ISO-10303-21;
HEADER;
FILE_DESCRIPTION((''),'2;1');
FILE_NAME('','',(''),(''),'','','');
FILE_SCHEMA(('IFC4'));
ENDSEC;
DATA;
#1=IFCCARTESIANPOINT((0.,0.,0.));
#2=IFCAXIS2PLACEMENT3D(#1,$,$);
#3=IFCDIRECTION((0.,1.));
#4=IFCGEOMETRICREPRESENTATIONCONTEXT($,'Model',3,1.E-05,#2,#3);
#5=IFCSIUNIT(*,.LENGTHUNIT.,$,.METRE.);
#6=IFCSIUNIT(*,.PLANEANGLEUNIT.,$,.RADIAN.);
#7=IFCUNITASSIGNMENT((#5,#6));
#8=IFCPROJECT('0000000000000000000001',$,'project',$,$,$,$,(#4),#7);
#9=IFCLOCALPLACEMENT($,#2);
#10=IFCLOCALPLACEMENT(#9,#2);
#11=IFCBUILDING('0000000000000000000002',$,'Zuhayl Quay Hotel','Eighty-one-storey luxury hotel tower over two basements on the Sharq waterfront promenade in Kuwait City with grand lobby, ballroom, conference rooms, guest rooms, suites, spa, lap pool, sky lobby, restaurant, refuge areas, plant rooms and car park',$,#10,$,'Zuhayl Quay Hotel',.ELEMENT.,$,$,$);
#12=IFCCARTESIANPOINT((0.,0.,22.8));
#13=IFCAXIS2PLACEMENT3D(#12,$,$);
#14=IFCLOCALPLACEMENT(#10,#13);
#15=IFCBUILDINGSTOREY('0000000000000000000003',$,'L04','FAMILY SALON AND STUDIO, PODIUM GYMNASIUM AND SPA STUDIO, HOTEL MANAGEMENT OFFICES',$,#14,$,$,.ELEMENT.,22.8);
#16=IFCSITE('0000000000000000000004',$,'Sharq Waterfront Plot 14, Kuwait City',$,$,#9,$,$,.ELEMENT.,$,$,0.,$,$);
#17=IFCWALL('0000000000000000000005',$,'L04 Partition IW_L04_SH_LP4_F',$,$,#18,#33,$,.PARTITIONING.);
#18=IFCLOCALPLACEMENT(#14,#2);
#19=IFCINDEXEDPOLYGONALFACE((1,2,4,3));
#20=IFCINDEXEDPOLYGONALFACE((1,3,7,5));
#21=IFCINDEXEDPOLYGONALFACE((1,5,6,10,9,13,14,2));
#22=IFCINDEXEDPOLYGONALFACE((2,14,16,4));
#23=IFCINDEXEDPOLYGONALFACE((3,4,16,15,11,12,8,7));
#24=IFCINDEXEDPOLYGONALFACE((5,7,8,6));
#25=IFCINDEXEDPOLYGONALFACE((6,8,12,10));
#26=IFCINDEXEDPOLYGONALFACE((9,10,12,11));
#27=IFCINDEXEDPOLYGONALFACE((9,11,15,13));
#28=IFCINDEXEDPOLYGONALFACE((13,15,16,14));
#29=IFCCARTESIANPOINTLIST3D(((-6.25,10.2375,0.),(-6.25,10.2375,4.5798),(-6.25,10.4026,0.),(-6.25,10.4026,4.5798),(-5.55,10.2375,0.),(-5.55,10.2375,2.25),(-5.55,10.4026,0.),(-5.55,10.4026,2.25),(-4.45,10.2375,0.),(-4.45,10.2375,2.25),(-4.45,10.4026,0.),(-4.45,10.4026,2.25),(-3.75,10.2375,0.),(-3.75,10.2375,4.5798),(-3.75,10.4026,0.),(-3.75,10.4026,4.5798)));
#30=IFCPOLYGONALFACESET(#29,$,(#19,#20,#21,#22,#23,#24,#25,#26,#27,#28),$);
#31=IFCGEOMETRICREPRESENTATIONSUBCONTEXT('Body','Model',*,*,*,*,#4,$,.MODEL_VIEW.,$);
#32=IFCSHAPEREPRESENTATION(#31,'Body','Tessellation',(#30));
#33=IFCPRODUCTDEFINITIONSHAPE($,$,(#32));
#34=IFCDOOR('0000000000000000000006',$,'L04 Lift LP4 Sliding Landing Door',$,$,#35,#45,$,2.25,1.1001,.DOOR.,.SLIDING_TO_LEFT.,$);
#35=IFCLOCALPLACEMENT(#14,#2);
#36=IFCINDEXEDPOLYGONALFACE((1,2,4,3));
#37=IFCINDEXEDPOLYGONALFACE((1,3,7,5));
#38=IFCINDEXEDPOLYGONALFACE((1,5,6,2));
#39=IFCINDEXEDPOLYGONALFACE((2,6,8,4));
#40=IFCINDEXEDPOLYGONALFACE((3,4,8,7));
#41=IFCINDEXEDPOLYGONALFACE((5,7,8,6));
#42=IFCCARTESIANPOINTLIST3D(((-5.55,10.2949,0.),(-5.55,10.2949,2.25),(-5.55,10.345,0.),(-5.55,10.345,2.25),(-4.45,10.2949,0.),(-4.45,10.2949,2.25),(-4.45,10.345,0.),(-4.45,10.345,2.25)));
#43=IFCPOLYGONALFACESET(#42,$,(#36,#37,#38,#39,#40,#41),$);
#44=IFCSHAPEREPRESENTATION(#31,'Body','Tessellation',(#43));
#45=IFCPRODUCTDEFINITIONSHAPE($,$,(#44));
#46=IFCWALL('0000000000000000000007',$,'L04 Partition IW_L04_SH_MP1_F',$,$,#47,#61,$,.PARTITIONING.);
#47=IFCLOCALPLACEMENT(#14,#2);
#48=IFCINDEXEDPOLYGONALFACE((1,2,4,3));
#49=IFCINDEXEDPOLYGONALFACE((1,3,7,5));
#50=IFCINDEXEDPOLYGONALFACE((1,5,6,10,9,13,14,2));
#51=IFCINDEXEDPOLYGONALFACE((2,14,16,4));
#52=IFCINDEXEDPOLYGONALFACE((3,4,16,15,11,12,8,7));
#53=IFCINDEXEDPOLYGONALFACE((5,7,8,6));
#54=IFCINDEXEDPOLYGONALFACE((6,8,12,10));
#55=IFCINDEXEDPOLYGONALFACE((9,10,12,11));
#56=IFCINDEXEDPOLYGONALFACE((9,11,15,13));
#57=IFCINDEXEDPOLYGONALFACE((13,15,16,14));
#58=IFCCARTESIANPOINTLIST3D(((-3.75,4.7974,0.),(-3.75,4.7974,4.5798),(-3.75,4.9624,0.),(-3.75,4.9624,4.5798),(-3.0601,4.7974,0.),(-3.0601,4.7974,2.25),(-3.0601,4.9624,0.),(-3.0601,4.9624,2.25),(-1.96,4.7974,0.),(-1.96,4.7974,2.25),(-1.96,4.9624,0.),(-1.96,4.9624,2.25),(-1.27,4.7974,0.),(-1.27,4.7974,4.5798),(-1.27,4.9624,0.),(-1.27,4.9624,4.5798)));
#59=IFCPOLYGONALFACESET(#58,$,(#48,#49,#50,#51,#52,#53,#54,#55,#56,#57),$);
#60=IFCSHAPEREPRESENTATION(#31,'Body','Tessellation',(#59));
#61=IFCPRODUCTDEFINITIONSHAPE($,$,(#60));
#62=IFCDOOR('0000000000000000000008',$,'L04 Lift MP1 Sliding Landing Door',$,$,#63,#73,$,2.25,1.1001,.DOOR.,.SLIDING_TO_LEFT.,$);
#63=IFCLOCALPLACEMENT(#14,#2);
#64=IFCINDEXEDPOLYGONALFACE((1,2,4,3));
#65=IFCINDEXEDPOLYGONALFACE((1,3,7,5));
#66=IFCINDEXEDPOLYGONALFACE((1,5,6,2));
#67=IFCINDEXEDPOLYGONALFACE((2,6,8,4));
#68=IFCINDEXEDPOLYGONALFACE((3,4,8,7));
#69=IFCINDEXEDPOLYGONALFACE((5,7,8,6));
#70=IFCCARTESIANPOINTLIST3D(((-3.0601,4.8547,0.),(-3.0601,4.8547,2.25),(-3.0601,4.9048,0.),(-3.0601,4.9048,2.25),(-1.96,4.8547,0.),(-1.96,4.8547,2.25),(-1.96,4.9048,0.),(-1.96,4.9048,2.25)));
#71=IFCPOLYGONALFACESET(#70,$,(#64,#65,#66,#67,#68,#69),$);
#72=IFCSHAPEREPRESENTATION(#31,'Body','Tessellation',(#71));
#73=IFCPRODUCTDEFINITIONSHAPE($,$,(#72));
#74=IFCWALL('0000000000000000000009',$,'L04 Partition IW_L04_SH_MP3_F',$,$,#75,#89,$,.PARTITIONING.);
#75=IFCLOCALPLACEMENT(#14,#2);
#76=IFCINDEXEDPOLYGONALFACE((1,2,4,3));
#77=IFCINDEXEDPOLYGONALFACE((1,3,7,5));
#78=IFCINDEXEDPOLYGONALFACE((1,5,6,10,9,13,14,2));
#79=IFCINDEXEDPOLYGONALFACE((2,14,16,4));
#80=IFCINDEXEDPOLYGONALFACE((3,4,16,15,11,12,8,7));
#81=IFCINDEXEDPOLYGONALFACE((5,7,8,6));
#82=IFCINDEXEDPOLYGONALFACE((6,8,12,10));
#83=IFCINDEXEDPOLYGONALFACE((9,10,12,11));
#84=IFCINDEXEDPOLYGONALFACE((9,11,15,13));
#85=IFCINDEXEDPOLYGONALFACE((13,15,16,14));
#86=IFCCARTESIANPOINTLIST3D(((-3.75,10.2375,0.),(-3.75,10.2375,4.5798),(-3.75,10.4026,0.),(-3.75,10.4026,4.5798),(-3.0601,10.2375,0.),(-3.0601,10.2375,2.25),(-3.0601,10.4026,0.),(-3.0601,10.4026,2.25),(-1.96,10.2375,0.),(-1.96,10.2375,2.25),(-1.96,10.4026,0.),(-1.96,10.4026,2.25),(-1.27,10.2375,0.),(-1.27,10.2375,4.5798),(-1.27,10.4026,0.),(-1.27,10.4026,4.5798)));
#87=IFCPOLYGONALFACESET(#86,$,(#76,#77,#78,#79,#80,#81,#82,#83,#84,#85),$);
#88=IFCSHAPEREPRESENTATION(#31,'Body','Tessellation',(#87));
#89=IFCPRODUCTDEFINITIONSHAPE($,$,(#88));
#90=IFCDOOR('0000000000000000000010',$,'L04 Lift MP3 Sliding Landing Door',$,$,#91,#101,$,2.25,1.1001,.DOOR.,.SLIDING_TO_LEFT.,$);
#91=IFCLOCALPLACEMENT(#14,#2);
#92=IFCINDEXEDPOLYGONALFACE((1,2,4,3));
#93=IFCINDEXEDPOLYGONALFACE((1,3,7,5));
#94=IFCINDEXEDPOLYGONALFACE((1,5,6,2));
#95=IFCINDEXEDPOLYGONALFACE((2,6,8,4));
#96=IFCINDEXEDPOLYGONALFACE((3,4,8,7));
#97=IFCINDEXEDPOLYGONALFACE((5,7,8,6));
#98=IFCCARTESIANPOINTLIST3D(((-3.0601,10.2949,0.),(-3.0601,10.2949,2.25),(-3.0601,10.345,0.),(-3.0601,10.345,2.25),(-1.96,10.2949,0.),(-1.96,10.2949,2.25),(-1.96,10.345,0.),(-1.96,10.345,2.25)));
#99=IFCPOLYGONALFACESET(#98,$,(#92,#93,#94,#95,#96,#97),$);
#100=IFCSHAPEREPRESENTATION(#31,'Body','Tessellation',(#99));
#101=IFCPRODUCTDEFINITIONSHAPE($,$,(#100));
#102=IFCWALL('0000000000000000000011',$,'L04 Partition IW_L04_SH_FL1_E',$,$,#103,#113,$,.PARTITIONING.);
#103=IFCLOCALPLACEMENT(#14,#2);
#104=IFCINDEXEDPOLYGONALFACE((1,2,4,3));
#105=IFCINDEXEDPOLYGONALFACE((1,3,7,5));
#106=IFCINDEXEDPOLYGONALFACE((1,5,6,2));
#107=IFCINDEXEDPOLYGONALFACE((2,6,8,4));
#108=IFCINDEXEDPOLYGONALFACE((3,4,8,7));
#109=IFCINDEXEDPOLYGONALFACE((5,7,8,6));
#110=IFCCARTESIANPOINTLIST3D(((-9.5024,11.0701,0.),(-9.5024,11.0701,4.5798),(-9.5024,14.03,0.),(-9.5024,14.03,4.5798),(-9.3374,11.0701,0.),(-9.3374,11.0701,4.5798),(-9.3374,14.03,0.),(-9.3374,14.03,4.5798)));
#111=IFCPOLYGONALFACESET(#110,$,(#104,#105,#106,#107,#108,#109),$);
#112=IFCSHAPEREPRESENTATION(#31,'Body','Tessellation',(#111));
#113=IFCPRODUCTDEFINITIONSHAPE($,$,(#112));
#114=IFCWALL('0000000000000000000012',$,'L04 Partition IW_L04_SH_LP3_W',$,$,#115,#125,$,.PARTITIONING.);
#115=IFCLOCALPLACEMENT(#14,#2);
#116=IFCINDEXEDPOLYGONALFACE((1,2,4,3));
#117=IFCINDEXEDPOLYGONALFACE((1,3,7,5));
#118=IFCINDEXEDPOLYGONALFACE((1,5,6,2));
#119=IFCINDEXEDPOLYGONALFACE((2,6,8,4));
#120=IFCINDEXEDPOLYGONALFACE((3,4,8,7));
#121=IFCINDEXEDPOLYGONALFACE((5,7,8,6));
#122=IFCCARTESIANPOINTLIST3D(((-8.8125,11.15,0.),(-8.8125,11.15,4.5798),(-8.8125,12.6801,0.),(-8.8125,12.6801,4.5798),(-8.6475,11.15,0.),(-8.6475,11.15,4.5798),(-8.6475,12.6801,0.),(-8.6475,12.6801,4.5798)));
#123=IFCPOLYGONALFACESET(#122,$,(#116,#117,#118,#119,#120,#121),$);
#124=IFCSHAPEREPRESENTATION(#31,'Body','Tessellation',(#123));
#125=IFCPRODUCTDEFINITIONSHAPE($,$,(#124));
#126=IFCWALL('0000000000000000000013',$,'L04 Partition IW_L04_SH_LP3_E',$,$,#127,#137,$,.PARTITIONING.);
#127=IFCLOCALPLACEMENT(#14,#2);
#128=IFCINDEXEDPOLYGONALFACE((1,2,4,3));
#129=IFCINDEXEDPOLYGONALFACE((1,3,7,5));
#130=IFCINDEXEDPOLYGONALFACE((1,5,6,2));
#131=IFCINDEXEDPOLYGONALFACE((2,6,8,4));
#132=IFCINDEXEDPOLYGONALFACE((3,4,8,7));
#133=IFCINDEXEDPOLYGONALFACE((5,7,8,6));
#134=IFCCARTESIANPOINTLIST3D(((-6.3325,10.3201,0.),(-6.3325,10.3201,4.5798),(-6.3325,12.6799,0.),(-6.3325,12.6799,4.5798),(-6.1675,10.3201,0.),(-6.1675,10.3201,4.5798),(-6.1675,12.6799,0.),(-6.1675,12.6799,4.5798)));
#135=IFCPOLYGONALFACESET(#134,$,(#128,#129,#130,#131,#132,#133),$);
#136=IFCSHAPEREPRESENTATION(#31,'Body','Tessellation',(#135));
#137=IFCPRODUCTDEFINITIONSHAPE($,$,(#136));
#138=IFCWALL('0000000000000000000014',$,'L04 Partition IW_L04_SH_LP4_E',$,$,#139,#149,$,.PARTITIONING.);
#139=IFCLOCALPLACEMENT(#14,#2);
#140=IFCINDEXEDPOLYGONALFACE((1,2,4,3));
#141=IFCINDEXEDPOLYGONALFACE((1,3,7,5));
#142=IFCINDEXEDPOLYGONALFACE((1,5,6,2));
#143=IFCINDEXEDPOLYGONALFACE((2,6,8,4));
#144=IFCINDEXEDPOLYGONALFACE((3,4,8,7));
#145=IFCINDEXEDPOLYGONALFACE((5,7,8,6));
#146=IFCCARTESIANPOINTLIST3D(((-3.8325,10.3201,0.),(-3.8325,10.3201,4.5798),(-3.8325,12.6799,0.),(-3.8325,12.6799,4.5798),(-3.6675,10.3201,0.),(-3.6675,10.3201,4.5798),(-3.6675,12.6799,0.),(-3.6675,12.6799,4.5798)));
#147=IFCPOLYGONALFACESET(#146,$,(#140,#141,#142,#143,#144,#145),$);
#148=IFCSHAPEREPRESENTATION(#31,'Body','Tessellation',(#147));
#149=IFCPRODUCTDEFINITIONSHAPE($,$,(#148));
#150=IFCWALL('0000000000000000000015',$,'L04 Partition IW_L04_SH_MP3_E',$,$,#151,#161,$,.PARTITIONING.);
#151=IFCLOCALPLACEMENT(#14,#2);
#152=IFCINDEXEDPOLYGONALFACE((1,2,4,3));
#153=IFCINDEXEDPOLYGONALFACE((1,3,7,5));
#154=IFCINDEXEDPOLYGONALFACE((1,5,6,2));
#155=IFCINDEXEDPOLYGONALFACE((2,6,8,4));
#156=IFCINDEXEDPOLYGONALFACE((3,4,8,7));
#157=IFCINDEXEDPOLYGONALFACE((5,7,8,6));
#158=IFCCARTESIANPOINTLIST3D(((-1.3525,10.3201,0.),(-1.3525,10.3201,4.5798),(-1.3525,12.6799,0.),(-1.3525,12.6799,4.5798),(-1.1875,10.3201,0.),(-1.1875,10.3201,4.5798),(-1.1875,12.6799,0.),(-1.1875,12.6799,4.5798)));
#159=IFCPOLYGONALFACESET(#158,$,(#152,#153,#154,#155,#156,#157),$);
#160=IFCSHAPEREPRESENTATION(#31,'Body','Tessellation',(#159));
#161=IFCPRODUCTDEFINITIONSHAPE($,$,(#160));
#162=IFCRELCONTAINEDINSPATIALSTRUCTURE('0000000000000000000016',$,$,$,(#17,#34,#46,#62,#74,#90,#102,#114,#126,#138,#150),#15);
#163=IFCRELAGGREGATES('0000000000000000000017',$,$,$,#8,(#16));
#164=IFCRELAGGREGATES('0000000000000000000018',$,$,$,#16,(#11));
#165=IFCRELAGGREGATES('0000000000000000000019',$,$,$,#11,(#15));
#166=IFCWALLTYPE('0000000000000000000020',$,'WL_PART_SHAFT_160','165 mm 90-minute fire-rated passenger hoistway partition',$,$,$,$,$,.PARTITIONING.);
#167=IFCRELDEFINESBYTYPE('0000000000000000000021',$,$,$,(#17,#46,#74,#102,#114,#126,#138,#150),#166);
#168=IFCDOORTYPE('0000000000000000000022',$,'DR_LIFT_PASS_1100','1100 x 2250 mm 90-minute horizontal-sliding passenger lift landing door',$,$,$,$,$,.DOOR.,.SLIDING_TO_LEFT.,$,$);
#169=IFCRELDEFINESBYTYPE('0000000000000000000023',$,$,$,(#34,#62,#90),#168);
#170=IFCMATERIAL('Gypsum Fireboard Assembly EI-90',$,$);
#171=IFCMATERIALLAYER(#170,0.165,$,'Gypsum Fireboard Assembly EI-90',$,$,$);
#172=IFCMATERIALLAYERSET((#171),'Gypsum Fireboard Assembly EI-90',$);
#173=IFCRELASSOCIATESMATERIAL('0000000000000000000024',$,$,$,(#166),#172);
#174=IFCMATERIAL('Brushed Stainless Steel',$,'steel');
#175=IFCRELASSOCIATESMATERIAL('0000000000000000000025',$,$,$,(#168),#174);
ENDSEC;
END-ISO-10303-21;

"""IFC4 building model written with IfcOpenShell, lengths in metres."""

from ifc_helpers import new_model, si_unit, direction, frame, frame_2d, origin, place, context, subcontext, project, spatial, rectangle, extrude, material, layer, layer_set, type_object, element, fill, save


model = new_model("IFC4")

# Units and contexts
model_context = context("Model", 3, precision=1e-05, world=origin(), true_north=direction((0.0, 1.0)))
body_context = subcontext(model_context, "Body", "Model", "MODEL_VIEW")
ifc_project = project(units=[si_unit("LENGTHUNIT", "METRE"), si_unit("PLANEANGLEUNIT", "RADIAN")], contexts=[model_context])

# Site, building, storey
site_placement = place(None, origin())
site = spatial("IfcSite", under=ifc_project, at=site_placement, Name="Sharq Waterfront Plot 14, Kuwait City", CompositionType="ELEMENT", RefElevation=0.0)
building_placement = place(site_placement, origin())
building = spatial("IfcBuilding", under=site, at=building_placement, Name="Zuhayl Quay Hotel", Description="Eighty-one-storey luxury hotel tower over two basements on the Sharq waterfront promenade in Kuwait City with grand lobby, ballroom, conference rooms, guest rooms, suites, spa, lap pool, sky lobby, restaurant, refuge areas, plant rooms and car park", LongName="Zuhayl Quay Hotel", CompositionType="ELEMENT")
storey_placement = place(building_placement, frame((0.0, 0.0, 22.8)))
storey = spatial("IfcBuildingStorey", under=building, at=storey_placement, Name="L04", Description="FAMILY SALON AND STUDIO, PODIUM GYMNASIUM AND SPA STUDIO, HOTEL MANAGEMENT OFFICES", CompositionType="ELEMENT", Elevation=22.8)

# Walls, openings, doors
ifc_material_1 = material(Name="Gypsum Fireboard Assembly EI-90")
ifc_layer_1 = layer(ifc_material_1, 0.165, Name="Gypsum Fireboard Assembly EI-90")
ifc_layer_set_1 = layer_set([ifc_layer_1], Name="Gypsum Fireboard Assembly EI-90")
wall_type_1 = type_object("IfcWallType", Name="WL_PART_SHAFT_160", Description="165 mm 90-minute fire-rated passenger hoistway partition", PredefinedType="PARTITIONING", material=ifc_layer_set_1)
ifc_material_2 = material(Name="Brushed Stainless Steel", Category="steel")
door_type_1 = type_object("IfcDoorType", Name="DR_LIFT_PASS_1100", Description="1100 x 2250 mm 90-minute horizontal-sliding passenger lift landing door", OperationType="SLIDING_TO_LEFT", PredefinedType="DOOR", material=ifc_material_2)
wall_1_placement = place(storey_placement, frame((-6.25, 10.3201, 0.0), z_axis=(0.0, 0.0, 1.0), x_axis=(1.0, 0.0, 0.0)))
wall_1 = element("IfcWall", 1, at=wall_1_placement, inside=storey, type_object=wall_type_1, Name="L04 Partition IW_L04_SH_LP4_F", PredefinedType="PARTITIONING", context=body_context, shape_type="SweptSolid", body=[
    extrude(rectangle(XDim=2.5, YDim=0.165, at=frame_2d((1.25, 0.0))), origin(), (0.0, 0.0, 1.0), 4.5798),
])
opening_1_placement = place(wall_1_placement, frame((0.7, 0.0, 0.0)))
opening_1 = element("IfcOpeningElement", 2, at=opening_1_placement, cuts=wall_1, PredefinedType="OPENING", context=body_context, shape_type="SweptSolid", body=[
    extrude(rectangle(XDim=1.1001, YDim=2.25, at=frame_2d((0.55, 1.125))), frame((0.0, 0.0925, 0.0), z_axis=(0.0, -1.0, 0.0), x_axis=(1.0, 0.0, 0.0)), (0.0, 0.0, 1.0), 0.1851),
])
door_1_placement = place(opening_1_placement, origin())
door_1 = element("IfcDoor", 3, at=door_1_placement, inside=storey, type_object=door_type_1, Name="L04 Lift LP4 Sliding Landing Door", OperationType="SLIDING_TO_LEFT", OverallHeight=2.25, OverallWidth=1.1001, PredefinedType="DOOR", context=body_context, shape_type="SweptSolid", body=[
    extrude(rectangle(XDim=1.1001, YDim=2.25, at=frame_2d((0.55, 1.125))), frame((0.0, 0.0249, 0.0), z_axis=(0.0, -1.0, 0.0), x_axis=(1.0, 0.0, 0.0)), (0.0, 0.0, 1.0), 0.05),
])
fill(opening_1, door_1)
wall_2_placement = place(storey_placement, frame((-3.75, 4.8799, 0.0), z_axis=(0.0, 0.0, 1.0), x_axis=(1.0, 0.0, 0.0)))
wall_2 = element("IfcWall", 4, at=wall_2_placement, inside=storey, type_object=wall_type_1, Name="L04 Partition IW_L04_SH_MP1_F", PredefinedType="PARTITIONING", context=body_context, shape_type="SweptSolid", body=[
    extrude(rectangle(XDim=2.48, YDim=0.165, at=frame_2d((1.24, 0.0))), origin(), (0.0, 0.0, 1.0), 4.5798),
])
opening_2_placement = place(wall_2_placement, frame((0.6899, 0.0, 0.0)))
opening_2 = element("IfcOpeningElement", 5, at=opening_2_placement, cuts=wall_2, PredefinedType="OPENING", context=body_context, shape_type="SweptSolid", body=[
    extrude(rectangle(XDim=1.1001, YDim=2.25, at=frame_2d((0.55, 1.125))), frame((0.0, 0.0925, 0.0), z_axis=(0.0, -1.0, 0.0), x_axis=(1.0, 0.0, 0.0)), (0.0, 0.0, 1.0), 0.1851),
])
door_2_placement = place(opening_2_placement, origin())
door_2 = element("IfcDoor", 6, at=door_2_placement, inside=storey, type_object=door_type_1, Name="L04 Lift MP1 Sliding Landing Door", OperationType="SLIDING_TO_LEFT", OverallHeight=2.25, OverallWidth=1.1001, PredefinedType="DOOR", context=body_context, shape_type="SweptSolid", body=[
    extrude(rectangle(XDim=1.1001, YDim=2.25, at=frame_2d((0.55, 1.125))), frame((0.0, 0.0249, 0.0), z_axis=(0.0, -1.0, 0.0), x_axis=(1.0, 0.0, 0.0)), (0.0, 0.0, 1.0), 0.05),
])
fill(opening_2, door_2)
wall_3_placement = place(storey_placement, frame((-3.75, 10.3201, 0.0), z_axis=(0.0, 0.0, 1.0), x_axis=(1.0, 0.0, 0.0)))
wall_3 = element("IfcWall", 7, at=wall_3_placement, inside=storey, type_object=wall_type_1, Name="L04 Partition IW_L04_SH_MP3_F", PredefinedType="PARTITIONING", context=body_context, shape_type="SweptSolid", body=[
    extrude(rectangle(XDim=2.48, YDim=0.165, at=frame_2d((1.24, 0.0))), origin(), (0.0, 0.0, 1.0), 4.5798),
])
opening_3_placement = place(wall_3_placement, frame((0.6899, 0.0, 0.0)))
opening_3 = element("IfcOpeningElement", 8, at=opening_3_placement, cuts=wall_3, PredefinedType="OPENING", context=body_context, shape_type="SweptSolid", body=[
    extrude(rectangle(XDim=1.1001, YDim=2.25, at=frame_2d((0.55, 1.125))), frame((0.0, 0.0925, 0.0), z_axis=(0.0, -1.0, 0.0), x_axis=(1.0, 0.0, 0.0)), (0.0, 0.0, 1.0), 0.1851),
])
door_3_placement = place(opening_3_placement, origin())
door_3 = element("IfcDoor", 9, at=door_3_placement, inside=storey, type_object=door_type_1, Name="L04 Lift MP3 Sliding Landing Door", OperationType="SLIDING_TO_LEFT", OverallHeight=2.25, OverallWidth=1.1001, PredefinedType="DOOR", context=body_context, shape_type="SweptSolid", body=[
    extrude(rectangle(XDim=1.1001, YDim=2.25, at=frame_2d((0.55, 1.125))), frame((0.0, 0.0249, 0.0), z_axis=(0.0, -1.0, 0.0), x_axis=(1.0, 0.0, 0.0)), (0.0, 0.0, 1.0), 0.05),
])
fill(opening_3, door_3)

# Walls
wall_4_placement = place(storey_placement, frame((-9.4199, 11.0701, 0.0), z_axis=(0.0, 0.0, 1.0), x_axis=(0.0, 1.0, 0.0)))
element("IfcWall", 10, at=wall_4_placement, inside=storey, type_object=wall_type_1, Name="L04 Partition IW_L04_SH_FL1_E", PredefinedType="PARTITIONING", context=body_context, shape_type="SweptSolid", body=[
    extrude(rectangle(XDim=2.96, YDim=0.165, at=frame_2d((1.48, 0.0))), origin(), (0.0, 0.0, 1.0), 4.5798),
])
wall_5_placement = place(storey_placement, frame((-8.73, 11.1499, 0.0), z_axis=(0.0, 0.0, 1.0), x_axis=(0.0, 1.0, 0.0)))
element("IfcWall", 11, at=wall_5_placement, inside=storey, type_object=wall_type_1, Name="L04 Partition IW_L04_SH_LP3_W", PredefinedType="PARTITIONING", context=body_context, shape_type="SweptSolid", body=[
    extrude(rectangle(XDim=1.53, YDim=0.165, at=frame_2d((0.7651, 0.0))), origin(), (0.0, 0.0, 1.0), 4.5798),
])
for number, where, z_axis, x_axis, name in (
    (12, (-6.25, 10.3201, 0.0), (0.0, 0.0, 1.0), (0.0, 1.0, 0.0), "L04 Partition IW_L04_SH_LP3_E"),
    (13, (-3.75, 10.3201, 0.0), (0.0, 0.0, 1.0), (0.0, 1.0, 0.0), "L04 Partition IW_L04_SH_LP4_E"),
    (14, (-1.27, 10.3201, 0.0), (0.0, 0.0, 1.0), (0.0, 1.0, 0.0), "L04 Partition IW_L04_SH_MP3_E"),
):
    element("IfcWall", number, at=place(storey_placement, frame(where, z_axis=z_axis, x_axis=x_axis)), inside=storey, type_object=wall_type_1, Name=name, PredefinedType="PARTITIONING", context=body_context, shape_type="SweptSolid", body=[
        extrude(rectangle(XDim=2.3599, YDim=0.165, at=frame_2d((1.1799, 0.0))), origin(), (0.0, 0.0, 1.0), 4.5798),
    ])

save(model, "model.ifc")
